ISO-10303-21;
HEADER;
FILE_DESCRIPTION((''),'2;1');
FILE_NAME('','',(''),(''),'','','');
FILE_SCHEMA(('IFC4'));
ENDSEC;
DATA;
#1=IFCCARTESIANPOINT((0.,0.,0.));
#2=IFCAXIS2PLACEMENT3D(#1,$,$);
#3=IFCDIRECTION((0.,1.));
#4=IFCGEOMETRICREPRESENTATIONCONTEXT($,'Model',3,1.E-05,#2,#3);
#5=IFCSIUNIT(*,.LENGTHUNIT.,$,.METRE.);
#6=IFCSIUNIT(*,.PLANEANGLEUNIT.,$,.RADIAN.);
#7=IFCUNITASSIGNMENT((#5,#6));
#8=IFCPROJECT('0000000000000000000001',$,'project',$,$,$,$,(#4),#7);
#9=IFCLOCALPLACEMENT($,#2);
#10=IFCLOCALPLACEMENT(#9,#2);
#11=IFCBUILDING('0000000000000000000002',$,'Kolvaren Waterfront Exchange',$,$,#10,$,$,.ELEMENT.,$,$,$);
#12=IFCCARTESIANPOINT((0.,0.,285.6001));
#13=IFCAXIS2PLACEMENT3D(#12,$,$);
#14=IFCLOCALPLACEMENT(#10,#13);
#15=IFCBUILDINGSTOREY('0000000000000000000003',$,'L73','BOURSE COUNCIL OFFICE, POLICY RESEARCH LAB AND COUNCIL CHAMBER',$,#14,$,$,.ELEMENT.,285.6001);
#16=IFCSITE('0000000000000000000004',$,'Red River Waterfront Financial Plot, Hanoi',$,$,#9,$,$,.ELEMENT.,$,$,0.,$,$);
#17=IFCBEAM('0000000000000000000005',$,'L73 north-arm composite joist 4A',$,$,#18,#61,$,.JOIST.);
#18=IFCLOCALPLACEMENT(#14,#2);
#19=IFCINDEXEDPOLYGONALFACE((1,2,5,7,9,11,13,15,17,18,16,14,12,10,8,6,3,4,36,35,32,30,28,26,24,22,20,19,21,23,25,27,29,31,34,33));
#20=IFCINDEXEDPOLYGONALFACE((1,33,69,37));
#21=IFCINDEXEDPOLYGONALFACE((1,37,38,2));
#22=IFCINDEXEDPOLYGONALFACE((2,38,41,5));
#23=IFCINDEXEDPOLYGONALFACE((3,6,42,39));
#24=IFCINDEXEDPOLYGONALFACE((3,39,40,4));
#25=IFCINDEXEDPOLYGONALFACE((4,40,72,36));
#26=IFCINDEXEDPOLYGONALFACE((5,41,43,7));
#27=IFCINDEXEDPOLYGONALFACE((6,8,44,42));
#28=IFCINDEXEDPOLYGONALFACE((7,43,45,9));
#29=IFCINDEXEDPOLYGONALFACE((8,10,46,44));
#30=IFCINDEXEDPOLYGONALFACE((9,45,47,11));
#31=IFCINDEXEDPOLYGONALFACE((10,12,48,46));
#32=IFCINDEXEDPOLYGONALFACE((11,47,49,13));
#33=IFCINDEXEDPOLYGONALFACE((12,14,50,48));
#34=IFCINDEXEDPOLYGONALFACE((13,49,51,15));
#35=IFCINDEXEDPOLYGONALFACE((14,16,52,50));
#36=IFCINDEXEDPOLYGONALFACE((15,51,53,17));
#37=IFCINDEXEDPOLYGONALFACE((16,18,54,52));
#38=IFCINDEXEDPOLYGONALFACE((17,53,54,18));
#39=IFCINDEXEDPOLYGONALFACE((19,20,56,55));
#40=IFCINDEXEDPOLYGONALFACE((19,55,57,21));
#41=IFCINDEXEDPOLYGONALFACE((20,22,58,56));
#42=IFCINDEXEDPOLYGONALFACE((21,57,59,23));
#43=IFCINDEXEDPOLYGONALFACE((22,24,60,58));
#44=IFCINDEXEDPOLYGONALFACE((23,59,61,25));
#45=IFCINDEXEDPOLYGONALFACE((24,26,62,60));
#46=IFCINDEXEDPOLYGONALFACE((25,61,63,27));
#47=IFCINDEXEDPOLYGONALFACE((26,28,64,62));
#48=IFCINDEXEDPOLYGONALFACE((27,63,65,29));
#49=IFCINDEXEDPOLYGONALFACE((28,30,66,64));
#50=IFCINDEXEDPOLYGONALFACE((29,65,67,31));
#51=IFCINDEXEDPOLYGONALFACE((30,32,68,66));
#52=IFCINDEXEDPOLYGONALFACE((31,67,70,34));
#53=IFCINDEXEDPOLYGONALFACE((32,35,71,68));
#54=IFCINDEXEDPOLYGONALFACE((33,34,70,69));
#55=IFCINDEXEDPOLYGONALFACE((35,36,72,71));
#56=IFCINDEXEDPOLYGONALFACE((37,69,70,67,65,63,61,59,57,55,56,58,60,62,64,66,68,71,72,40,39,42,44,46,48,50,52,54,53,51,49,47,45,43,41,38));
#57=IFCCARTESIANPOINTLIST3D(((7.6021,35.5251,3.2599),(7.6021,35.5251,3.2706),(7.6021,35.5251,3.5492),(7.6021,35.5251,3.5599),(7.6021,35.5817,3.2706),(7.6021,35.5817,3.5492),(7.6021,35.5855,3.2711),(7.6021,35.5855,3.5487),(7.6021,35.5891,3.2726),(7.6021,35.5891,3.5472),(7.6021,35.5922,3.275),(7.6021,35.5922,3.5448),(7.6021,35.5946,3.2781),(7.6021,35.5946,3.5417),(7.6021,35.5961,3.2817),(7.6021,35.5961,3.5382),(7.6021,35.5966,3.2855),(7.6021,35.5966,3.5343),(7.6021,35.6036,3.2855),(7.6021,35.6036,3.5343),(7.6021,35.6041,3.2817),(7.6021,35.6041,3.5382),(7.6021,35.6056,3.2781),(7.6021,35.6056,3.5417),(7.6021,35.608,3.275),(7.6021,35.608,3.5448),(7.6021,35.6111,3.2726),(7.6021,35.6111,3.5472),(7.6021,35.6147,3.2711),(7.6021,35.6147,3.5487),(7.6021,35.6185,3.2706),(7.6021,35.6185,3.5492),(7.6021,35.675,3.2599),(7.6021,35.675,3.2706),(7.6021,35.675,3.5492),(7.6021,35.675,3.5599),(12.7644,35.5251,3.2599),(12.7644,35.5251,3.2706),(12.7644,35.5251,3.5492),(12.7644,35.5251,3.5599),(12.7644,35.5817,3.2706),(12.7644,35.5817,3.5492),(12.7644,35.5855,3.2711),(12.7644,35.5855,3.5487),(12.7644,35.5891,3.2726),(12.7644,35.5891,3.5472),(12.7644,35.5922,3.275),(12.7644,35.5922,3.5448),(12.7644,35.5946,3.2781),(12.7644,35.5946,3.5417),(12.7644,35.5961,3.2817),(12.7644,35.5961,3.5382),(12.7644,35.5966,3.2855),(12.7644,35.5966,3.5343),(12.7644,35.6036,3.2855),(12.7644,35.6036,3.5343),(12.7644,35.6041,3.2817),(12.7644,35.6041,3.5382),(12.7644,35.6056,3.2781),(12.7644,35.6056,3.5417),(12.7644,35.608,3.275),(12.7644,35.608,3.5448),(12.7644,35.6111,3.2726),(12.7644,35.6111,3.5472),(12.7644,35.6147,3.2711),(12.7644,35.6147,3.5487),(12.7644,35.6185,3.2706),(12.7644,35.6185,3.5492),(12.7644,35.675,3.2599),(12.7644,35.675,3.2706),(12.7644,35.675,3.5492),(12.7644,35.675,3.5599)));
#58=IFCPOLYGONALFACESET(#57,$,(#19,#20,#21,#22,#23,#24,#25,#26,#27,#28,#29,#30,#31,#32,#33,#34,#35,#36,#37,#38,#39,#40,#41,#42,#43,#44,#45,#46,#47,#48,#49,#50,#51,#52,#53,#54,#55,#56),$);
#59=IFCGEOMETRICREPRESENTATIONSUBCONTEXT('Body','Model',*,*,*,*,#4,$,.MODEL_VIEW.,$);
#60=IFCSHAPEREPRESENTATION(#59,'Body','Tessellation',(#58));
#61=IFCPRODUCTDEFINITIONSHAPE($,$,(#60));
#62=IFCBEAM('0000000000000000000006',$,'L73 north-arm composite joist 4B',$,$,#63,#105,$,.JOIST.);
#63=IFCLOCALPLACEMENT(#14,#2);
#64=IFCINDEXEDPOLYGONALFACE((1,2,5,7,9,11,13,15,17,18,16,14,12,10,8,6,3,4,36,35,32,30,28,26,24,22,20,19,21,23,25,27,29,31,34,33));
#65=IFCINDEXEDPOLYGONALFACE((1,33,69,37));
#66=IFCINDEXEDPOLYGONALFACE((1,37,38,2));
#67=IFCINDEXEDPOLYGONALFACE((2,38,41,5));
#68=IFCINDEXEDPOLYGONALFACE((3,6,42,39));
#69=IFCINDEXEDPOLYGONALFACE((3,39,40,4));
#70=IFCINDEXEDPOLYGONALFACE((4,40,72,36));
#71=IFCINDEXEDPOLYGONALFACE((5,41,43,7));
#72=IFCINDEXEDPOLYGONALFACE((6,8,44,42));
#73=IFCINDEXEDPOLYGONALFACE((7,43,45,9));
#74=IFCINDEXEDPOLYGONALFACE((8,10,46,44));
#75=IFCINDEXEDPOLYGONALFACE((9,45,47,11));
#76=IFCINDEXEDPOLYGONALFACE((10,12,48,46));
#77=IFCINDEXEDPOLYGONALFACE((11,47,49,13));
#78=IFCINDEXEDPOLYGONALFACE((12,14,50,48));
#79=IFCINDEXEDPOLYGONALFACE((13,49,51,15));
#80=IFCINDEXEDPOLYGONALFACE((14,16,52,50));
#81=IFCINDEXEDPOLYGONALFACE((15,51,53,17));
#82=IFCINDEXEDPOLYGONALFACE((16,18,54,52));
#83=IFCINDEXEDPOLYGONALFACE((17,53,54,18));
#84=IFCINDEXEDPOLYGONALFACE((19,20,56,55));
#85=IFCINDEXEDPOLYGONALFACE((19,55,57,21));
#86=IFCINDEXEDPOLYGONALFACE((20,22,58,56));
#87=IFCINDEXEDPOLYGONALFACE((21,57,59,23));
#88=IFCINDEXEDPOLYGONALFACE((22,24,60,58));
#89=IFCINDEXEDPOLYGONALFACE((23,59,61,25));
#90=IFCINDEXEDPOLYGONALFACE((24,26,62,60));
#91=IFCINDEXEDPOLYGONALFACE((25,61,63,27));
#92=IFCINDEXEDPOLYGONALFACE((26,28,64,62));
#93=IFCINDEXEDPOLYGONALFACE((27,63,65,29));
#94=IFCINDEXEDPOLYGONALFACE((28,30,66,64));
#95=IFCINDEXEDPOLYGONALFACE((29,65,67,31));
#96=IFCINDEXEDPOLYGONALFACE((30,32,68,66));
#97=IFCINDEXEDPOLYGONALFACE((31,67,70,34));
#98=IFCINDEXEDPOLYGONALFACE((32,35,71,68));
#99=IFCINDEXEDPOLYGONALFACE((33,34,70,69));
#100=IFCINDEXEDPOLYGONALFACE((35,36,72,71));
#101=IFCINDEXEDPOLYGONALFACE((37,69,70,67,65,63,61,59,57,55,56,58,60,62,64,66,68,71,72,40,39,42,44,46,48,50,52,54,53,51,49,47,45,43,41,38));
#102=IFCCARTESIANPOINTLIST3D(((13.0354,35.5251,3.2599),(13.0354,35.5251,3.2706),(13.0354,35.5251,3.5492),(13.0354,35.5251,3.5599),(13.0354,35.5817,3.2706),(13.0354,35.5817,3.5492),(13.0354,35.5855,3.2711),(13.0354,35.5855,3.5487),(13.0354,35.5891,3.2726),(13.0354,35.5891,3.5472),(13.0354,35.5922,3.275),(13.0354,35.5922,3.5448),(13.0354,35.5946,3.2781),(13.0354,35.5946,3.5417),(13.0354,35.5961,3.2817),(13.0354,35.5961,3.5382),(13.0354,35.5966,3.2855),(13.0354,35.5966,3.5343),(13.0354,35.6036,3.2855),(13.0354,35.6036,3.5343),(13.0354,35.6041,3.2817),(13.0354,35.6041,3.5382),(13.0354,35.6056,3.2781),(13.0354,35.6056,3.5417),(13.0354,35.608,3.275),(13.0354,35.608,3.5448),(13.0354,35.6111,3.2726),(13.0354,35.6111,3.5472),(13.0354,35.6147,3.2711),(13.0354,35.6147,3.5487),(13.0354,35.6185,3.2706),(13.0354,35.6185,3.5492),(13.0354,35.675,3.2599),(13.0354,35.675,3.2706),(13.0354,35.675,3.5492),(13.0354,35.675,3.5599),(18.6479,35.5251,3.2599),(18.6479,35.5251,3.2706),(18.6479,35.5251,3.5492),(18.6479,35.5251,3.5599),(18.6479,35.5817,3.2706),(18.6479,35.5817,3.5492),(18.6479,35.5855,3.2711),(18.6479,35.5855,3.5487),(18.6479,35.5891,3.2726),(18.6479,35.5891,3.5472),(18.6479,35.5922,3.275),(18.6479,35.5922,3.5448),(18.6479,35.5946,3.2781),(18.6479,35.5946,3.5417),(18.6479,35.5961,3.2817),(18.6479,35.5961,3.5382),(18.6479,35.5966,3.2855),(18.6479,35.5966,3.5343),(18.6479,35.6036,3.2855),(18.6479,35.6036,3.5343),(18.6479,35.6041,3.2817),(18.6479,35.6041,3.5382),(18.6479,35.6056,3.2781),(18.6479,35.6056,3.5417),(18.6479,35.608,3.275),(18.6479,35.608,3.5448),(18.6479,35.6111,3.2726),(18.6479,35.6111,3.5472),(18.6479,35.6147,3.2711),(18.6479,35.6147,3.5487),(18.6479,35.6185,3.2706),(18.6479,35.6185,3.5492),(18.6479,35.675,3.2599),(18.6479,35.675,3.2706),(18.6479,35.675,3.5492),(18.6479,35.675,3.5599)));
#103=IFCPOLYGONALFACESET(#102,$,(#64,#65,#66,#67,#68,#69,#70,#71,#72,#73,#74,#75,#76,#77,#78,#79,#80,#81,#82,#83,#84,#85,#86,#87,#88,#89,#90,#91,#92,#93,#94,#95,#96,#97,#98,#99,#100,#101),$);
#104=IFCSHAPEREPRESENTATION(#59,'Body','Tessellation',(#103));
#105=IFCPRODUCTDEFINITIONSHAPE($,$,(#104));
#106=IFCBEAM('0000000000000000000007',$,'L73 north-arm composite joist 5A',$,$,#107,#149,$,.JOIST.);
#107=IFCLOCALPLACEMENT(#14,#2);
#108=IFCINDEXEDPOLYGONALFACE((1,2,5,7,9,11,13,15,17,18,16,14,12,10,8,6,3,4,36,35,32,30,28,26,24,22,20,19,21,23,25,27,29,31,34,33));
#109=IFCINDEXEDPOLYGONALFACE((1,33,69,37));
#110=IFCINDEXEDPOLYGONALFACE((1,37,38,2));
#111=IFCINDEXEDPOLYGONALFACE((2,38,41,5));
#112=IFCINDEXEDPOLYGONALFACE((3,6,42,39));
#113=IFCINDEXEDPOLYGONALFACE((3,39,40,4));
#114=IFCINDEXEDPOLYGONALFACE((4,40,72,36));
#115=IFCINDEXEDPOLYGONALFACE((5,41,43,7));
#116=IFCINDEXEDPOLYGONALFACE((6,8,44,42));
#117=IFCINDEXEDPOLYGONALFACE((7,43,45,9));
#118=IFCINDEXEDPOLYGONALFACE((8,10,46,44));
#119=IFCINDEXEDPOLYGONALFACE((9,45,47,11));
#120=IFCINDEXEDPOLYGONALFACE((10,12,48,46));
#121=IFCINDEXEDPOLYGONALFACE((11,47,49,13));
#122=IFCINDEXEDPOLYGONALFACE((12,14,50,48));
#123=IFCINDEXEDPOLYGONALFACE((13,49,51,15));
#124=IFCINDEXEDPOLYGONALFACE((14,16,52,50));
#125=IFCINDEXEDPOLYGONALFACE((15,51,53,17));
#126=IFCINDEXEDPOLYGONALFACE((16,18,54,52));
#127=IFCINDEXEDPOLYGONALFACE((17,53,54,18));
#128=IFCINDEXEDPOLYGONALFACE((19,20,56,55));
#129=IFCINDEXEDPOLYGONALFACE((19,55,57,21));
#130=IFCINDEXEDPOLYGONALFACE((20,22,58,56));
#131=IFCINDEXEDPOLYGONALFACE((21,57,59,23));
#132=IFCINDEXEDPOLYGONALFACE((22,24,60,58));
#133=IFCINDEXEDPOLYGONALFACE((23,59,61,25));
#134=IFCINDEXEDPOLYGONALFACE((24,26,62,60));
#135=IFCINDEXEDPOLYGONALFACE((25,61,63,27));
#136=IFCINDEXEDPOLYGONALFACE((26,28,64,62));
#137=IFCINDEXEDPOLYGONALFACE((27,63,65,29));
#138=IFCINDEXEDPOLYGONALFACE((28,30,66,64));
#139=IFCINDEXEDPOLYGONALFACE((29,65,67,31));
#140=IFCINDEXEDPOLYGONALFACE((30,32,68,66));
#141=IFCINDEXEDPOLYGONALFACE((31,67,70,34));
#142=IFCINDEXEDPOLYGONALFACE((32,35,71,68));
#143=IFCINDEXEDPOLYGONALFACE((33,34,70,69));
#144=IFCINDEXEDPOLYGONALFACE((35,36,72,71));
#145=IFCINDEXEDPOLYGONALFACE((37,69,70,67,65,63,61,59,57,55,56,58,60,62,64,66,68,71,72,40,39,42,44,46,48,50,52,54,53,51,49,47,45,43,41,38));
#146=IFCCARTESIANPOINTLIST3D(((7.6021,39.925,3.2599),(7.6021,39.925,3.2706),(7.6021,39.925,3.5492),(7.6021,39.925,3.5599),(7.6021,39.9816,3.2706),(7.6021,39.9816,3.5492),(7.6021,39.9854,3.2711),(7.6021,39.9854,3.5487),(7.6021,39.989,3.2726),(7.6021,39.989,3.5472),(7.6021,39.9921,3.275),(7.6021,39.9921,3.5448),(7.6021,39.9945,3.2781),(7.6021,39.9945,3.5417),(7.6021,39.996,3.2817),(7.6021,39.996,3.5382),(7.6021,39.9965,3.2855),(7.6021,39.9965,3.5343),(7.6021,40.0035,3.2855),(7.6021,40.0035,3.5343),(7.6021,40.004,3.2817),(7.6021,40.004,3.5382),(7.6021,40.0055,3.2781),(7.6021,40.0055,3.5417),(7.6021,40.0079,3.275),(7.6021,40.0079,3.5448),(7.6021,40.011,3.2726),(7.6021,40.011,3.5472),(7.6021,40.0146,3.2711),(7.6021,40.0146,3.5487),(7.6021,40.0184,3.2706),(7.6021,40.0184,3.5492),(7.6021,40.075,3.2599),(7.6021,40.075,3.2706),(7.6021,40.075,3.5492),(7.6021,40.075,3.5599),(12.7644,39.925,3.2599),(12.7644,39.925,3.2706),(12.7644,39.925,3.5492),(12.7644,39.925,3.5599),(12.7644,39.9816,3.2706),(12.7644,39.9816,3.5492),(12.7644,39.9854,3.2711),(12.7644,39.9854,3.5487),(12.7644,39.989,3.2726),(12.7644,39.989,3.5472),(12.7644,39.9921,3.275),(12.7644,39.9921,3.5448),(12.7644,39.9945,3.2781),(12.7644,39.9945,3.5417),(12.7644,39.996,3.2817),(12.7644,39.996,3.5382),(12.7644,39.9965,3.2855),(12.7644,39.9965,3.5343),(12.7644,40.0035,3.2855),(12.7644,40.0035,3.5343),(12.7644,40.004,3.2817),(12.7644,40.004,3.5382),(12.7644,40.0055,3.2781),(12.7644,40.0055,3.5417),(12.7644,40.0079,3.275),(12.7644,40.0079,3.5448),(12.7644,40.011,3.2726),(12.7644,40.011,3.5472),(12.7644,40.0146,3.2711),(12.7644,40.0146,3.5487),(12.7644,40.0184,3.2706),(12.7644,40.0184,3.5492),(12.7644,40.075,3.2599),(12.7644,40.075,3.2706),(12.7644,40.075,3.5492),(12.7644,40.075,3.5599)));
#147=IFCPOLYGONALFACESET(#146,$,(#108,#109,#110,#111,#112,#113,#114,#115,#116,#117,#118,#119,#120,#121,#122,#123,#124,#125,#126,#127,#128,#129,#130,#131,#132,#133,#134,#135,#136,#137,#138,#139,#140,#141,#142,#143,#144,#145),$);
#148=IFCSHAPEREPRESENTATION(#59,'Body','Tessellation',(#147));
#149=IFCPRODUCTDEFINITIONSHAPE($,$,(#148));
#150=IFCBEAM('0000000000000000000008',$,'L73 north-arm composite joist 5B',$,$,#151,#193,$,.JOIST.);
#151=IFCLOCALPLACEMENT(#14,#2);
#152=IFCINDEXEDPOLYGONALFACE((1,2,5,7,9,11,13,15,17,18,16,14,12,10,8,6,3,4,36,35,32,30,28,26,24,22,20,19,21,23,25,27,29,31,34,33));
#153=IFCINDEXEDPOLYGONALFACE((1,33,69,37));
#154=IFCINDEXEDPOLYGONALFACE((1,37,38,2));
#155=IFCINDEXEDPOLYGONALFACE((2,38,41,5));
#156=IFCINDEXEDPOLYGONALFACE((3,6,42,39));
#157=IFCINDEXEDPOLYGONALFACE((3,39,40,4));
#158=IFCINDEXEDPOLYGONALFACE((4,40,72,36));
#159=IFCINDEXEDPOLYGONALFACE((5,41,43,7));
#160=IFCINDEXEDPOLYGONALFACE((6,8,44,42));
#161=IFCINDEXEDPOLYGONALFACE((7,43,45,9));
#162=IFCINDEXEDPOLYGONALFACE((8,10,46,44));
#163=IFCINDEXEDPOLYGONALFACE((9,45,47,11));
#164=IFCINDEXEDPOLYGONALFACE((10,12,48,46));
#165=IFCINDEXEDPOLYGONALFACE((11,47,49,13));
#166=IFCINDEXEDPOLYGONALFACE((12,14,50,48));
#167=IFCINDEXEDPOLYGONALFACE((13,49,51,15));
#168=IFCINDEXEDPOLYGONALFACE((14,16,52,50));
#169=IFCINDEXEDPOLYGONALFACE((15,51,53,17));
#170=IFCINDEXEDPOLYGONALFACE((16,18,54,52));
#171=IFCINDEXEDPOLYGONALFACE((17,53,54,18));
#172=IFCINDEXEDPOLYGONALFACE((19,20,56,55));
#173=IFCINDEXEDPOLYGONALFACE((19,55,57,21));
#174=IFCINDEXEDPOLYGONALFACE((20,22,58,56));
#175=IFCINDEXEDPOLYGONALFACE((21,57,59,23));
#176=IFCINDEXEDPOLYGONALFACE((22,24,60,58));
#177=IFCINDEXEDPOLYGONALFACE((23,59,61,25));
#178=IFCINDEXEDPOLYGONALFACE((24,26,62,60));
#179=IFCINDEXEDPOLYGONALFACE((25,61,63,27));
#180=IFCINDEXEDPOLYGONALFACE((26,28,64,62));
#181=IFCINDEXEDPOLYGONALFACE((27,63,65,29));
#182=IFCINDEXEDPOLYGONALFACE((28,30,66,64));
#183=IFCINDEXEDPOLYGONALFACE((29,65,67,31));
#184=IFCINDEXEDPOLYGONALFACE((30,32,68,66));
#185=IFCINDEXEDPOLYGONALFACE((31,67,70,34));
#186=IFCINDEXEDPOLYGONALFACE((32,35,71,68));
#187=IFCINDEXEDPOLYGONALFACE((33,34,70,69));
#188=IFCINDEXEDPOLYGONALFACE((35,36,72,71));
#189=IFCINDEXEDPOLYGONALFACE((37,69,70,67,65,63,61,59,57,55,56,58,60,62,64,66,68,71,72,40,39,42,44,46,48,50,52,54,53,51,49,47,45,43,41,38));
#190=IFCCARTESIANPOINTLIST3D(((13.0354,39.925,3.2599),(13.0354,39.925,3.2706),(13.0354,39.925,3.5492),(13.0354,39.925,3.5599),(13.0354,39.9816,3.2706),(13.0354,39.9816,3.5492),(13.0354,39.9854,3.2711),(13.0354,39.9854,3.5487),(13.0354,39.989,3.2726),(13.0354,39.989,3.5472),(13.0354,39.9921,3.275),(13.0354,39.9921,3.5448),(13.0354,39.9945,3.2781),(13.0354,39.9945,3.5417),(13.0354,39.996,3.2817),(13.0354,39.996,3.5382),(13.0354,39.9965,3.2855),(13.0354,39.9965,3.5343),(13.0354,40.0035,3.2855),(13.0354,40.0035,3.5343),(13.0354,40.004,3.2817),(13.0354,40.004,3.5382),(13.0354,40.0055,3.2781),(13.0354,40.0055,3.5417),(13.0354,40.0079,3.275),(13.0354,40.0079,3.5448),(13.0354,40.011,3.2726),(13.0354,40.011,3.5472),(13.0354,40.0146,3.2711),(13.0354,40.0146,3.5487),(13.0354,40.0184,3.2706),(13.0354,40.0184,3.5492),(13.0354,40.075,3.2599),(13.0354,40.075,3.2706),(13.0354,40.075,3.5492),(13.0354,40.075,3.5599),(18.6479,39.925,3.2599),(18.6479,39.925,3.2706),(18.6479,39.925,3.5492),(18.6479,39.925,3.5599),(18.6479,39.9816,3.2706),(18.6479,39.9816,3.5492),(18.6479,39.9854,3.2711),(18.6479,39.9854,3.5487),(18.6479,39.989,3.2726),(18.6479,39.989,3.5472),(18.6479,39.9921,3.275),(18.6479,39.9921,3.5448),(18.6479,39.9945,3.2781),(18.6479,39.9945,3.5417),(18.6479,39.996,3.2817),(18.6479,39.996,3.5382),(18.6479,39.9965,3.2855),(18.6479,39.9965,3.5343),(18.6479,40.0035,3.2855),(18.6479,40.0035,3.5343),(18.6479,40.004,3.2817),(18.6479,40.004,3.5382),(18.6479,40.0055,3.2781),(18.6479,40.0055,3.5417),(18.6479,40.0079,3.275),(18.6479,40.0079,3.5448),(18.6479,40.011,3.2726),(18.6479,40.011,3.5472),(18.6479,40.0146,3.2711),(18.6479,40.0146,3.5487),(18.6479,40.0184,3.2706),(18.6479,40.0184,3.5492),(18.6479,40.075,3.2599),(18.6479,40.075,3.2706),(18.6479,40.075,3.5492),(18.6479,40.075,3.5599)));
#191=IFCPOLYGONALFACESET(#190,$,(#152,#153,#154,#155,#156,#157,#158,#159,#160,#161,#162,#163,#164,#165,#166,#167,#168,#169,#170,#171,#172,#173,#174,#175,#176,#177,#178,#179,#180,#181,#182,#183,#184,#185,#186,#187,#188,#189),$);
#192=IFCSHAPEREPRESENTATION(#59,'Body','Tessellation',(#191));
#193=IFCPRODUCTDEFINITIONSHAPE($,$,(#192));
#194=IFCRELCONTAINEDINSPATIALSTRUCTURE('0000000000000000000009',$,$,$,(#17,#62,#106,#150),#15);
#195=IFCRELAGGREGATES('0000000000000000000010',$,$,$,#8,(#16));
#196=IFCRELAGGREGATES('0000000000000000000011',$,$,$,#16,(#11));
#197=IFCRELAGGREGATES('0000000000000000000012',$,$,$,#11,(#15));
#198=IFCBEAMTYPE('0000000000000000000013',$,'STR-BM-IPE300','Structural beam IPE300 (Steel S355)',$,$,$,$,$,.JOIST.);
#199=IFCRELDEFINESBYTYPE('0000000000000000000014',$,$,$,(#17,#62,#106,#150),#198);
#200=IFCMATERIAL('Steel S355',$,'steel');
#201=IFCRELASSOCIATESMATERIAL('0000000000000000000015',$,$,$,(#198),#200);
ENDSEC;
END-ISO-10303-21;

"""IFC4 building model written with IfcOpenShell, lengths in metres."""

from ifc_helpers import new_model, si_unit, direction, frame, origin, origin_2d, place, context, subcontext, project, spatial, i_section, extrude, material, material_profile, profile_set, type_object, element, save


model = new_model("IFC4")

# Units and contexts
model_context = context("Model", 3, precision=1e-05, world=origin(), true_north=direction((0.0, 1.0)))
body_context = subcontext(model_context, "Body", "Model", "MODEL_VIEW")
ifc_project = project(units=[si_unit("LENGTHUNIT", "METRE"), si_unit("PLANEANGLEUNIT", "RADIAN")], contexts=[model_context])

# Site, building, storey
site_placement = place(None, origin())
site = spatial("IfcSite", under=ifc_project, at=site_placement, Name="Red River Waterfront Financial Plot, Hanoi", CompositionType="ELEMENT", RefElevation=0.0)
building_placement = place(site_placement, origin())
building = spatial("IfcBuilding", under=site, at=building_placement, Name="Kolvaren Waterfront Exchange", CompositionType="ELEMENT")
storey_placement = place(building_placement, frame((0.0, 0.0, 285.6001)))
storey = spatial("IfcBuildingStorey", under=building, at=storey_placement, Name="L73", Description="BOURSE COUNCIL OFFICE, POLICY RESEARCH LAB AND COUNCIL CHAMBER", CompositionType="ELEMENT", Elevation=285.6001)

# Beams
ifc_material_1 = material(Name="Steel S355", Category="steel")
ifc_material_profile_1 = material_profile(ifc_material_1, i_section(OverallWidth=0.1499, OverallDepth=0.3, WebThickness=0.0071, FlangeThickness=0.0107, FilletRadius=0.0149, at=origin_2d()), Name="IPE300")
ifc_profile_set_1 = profile_set([ifc_material_profile_1], Name="Steel S355")
beam_type_1 = type_object("IfcBeamType", Name="STR-BM-IPE300", Description="Structural beam IPE300 (Steel S355)", PredefinedType="JOIST", material=ifc_profile_set_1)
beam_1_placement = place(storey_placement, frame((7.6021, 35.6001, 3.4099), z_axis=(1.0, 0.0, 0.0), x_axis=(0.0, 1.0, 0.0)))
element("IfcBeam", 1, at=beam_1_placement, inside=storey, type_object=beam_type_1, Name="L73 north-arm composite joist 4A", PredefinedType="JOIST", context=body_context, shape_type="SweptSolid", body=[
    extrude(i_section(OverallWidth=0.1499, OverallDepth=0.3, WebThickness=0.0071, FlangeThickness=0.0107, FilletRadius=0.0149, at=origin_2d()), origin(), (0.0, 0.0, 1.0), 5.1624),
])
beam_2_placement = place(storey_placement, frame((13.0354, 35.6001, 3.4099), z_axis=(1.0, 0.0, 0.0), x_axis=(0.0, 1.0, 0.0)))
element("IfcBeam", 2, at=beam_2_placement, inside=storey, type_object=beam_type_1, Name="L73 north-arm composite joist 4B", PredefinedType="JOIST", context=body_context, shape_type="SweptSolid", body=[
    extrude(i_section(OverallWidth=0.1499, OverallDepth=0.3, WebThickness=0.0071, FlangeThickness=0.0107, FilletRadius=0.0149, at=origin_2d()), origin(), (0.0, 0.0, 1.0), 5.6125),
])
beam_3_placement = place(storey_placement, frame((7.6021, 40.0, 3.4099), z_axis=(1.0, 0.0, 0.0), x_axis=(0.0, 1.0, 0.0)))
element("IfcBeam", 3, at=beam_3_placement, inside=storey, type_object=beam_type_1, Name="L73 north-arm composite joist 5A", PredefinedType="JOIST", context=body_context, shape_type="SweptSolid", body=[
    extrude(i_section(OverallWidth=0.1499, OverallDepth=0.3, WebThickness=0.0071, FlangeThickness=0.0107, FilletRadius=0.0149, at=origin_2d()), origin(), (0.0, 0.0, 1.0), 5.1624),
])
beam_4_placement = place(storey_placement, frame((13.0354, 40.0, 3.4099), z_axis=(1.0, 0.0, 0.0), x_axis=(0.0, 1.0, 0.0)))
element("IfcBeam", 4, at=beam_4_placement, inside=storey, type_object=beam_type_1, Name="L73 north-arm composite joist 5B", PredefinedType="JOIST", context=body_context, shape_type="SweptSolid", body=[
    extrude(i_section(OverallWidth=0.1499, OverallDepth=0.3, WebThickness=0.0071, FlangeThickness=0.0107, FilletRadius=0.0149, at=origin_2d()), origin(), (0.0, 0.0, 1.0), 5.6125),
])

save(model, "model.ifc")
